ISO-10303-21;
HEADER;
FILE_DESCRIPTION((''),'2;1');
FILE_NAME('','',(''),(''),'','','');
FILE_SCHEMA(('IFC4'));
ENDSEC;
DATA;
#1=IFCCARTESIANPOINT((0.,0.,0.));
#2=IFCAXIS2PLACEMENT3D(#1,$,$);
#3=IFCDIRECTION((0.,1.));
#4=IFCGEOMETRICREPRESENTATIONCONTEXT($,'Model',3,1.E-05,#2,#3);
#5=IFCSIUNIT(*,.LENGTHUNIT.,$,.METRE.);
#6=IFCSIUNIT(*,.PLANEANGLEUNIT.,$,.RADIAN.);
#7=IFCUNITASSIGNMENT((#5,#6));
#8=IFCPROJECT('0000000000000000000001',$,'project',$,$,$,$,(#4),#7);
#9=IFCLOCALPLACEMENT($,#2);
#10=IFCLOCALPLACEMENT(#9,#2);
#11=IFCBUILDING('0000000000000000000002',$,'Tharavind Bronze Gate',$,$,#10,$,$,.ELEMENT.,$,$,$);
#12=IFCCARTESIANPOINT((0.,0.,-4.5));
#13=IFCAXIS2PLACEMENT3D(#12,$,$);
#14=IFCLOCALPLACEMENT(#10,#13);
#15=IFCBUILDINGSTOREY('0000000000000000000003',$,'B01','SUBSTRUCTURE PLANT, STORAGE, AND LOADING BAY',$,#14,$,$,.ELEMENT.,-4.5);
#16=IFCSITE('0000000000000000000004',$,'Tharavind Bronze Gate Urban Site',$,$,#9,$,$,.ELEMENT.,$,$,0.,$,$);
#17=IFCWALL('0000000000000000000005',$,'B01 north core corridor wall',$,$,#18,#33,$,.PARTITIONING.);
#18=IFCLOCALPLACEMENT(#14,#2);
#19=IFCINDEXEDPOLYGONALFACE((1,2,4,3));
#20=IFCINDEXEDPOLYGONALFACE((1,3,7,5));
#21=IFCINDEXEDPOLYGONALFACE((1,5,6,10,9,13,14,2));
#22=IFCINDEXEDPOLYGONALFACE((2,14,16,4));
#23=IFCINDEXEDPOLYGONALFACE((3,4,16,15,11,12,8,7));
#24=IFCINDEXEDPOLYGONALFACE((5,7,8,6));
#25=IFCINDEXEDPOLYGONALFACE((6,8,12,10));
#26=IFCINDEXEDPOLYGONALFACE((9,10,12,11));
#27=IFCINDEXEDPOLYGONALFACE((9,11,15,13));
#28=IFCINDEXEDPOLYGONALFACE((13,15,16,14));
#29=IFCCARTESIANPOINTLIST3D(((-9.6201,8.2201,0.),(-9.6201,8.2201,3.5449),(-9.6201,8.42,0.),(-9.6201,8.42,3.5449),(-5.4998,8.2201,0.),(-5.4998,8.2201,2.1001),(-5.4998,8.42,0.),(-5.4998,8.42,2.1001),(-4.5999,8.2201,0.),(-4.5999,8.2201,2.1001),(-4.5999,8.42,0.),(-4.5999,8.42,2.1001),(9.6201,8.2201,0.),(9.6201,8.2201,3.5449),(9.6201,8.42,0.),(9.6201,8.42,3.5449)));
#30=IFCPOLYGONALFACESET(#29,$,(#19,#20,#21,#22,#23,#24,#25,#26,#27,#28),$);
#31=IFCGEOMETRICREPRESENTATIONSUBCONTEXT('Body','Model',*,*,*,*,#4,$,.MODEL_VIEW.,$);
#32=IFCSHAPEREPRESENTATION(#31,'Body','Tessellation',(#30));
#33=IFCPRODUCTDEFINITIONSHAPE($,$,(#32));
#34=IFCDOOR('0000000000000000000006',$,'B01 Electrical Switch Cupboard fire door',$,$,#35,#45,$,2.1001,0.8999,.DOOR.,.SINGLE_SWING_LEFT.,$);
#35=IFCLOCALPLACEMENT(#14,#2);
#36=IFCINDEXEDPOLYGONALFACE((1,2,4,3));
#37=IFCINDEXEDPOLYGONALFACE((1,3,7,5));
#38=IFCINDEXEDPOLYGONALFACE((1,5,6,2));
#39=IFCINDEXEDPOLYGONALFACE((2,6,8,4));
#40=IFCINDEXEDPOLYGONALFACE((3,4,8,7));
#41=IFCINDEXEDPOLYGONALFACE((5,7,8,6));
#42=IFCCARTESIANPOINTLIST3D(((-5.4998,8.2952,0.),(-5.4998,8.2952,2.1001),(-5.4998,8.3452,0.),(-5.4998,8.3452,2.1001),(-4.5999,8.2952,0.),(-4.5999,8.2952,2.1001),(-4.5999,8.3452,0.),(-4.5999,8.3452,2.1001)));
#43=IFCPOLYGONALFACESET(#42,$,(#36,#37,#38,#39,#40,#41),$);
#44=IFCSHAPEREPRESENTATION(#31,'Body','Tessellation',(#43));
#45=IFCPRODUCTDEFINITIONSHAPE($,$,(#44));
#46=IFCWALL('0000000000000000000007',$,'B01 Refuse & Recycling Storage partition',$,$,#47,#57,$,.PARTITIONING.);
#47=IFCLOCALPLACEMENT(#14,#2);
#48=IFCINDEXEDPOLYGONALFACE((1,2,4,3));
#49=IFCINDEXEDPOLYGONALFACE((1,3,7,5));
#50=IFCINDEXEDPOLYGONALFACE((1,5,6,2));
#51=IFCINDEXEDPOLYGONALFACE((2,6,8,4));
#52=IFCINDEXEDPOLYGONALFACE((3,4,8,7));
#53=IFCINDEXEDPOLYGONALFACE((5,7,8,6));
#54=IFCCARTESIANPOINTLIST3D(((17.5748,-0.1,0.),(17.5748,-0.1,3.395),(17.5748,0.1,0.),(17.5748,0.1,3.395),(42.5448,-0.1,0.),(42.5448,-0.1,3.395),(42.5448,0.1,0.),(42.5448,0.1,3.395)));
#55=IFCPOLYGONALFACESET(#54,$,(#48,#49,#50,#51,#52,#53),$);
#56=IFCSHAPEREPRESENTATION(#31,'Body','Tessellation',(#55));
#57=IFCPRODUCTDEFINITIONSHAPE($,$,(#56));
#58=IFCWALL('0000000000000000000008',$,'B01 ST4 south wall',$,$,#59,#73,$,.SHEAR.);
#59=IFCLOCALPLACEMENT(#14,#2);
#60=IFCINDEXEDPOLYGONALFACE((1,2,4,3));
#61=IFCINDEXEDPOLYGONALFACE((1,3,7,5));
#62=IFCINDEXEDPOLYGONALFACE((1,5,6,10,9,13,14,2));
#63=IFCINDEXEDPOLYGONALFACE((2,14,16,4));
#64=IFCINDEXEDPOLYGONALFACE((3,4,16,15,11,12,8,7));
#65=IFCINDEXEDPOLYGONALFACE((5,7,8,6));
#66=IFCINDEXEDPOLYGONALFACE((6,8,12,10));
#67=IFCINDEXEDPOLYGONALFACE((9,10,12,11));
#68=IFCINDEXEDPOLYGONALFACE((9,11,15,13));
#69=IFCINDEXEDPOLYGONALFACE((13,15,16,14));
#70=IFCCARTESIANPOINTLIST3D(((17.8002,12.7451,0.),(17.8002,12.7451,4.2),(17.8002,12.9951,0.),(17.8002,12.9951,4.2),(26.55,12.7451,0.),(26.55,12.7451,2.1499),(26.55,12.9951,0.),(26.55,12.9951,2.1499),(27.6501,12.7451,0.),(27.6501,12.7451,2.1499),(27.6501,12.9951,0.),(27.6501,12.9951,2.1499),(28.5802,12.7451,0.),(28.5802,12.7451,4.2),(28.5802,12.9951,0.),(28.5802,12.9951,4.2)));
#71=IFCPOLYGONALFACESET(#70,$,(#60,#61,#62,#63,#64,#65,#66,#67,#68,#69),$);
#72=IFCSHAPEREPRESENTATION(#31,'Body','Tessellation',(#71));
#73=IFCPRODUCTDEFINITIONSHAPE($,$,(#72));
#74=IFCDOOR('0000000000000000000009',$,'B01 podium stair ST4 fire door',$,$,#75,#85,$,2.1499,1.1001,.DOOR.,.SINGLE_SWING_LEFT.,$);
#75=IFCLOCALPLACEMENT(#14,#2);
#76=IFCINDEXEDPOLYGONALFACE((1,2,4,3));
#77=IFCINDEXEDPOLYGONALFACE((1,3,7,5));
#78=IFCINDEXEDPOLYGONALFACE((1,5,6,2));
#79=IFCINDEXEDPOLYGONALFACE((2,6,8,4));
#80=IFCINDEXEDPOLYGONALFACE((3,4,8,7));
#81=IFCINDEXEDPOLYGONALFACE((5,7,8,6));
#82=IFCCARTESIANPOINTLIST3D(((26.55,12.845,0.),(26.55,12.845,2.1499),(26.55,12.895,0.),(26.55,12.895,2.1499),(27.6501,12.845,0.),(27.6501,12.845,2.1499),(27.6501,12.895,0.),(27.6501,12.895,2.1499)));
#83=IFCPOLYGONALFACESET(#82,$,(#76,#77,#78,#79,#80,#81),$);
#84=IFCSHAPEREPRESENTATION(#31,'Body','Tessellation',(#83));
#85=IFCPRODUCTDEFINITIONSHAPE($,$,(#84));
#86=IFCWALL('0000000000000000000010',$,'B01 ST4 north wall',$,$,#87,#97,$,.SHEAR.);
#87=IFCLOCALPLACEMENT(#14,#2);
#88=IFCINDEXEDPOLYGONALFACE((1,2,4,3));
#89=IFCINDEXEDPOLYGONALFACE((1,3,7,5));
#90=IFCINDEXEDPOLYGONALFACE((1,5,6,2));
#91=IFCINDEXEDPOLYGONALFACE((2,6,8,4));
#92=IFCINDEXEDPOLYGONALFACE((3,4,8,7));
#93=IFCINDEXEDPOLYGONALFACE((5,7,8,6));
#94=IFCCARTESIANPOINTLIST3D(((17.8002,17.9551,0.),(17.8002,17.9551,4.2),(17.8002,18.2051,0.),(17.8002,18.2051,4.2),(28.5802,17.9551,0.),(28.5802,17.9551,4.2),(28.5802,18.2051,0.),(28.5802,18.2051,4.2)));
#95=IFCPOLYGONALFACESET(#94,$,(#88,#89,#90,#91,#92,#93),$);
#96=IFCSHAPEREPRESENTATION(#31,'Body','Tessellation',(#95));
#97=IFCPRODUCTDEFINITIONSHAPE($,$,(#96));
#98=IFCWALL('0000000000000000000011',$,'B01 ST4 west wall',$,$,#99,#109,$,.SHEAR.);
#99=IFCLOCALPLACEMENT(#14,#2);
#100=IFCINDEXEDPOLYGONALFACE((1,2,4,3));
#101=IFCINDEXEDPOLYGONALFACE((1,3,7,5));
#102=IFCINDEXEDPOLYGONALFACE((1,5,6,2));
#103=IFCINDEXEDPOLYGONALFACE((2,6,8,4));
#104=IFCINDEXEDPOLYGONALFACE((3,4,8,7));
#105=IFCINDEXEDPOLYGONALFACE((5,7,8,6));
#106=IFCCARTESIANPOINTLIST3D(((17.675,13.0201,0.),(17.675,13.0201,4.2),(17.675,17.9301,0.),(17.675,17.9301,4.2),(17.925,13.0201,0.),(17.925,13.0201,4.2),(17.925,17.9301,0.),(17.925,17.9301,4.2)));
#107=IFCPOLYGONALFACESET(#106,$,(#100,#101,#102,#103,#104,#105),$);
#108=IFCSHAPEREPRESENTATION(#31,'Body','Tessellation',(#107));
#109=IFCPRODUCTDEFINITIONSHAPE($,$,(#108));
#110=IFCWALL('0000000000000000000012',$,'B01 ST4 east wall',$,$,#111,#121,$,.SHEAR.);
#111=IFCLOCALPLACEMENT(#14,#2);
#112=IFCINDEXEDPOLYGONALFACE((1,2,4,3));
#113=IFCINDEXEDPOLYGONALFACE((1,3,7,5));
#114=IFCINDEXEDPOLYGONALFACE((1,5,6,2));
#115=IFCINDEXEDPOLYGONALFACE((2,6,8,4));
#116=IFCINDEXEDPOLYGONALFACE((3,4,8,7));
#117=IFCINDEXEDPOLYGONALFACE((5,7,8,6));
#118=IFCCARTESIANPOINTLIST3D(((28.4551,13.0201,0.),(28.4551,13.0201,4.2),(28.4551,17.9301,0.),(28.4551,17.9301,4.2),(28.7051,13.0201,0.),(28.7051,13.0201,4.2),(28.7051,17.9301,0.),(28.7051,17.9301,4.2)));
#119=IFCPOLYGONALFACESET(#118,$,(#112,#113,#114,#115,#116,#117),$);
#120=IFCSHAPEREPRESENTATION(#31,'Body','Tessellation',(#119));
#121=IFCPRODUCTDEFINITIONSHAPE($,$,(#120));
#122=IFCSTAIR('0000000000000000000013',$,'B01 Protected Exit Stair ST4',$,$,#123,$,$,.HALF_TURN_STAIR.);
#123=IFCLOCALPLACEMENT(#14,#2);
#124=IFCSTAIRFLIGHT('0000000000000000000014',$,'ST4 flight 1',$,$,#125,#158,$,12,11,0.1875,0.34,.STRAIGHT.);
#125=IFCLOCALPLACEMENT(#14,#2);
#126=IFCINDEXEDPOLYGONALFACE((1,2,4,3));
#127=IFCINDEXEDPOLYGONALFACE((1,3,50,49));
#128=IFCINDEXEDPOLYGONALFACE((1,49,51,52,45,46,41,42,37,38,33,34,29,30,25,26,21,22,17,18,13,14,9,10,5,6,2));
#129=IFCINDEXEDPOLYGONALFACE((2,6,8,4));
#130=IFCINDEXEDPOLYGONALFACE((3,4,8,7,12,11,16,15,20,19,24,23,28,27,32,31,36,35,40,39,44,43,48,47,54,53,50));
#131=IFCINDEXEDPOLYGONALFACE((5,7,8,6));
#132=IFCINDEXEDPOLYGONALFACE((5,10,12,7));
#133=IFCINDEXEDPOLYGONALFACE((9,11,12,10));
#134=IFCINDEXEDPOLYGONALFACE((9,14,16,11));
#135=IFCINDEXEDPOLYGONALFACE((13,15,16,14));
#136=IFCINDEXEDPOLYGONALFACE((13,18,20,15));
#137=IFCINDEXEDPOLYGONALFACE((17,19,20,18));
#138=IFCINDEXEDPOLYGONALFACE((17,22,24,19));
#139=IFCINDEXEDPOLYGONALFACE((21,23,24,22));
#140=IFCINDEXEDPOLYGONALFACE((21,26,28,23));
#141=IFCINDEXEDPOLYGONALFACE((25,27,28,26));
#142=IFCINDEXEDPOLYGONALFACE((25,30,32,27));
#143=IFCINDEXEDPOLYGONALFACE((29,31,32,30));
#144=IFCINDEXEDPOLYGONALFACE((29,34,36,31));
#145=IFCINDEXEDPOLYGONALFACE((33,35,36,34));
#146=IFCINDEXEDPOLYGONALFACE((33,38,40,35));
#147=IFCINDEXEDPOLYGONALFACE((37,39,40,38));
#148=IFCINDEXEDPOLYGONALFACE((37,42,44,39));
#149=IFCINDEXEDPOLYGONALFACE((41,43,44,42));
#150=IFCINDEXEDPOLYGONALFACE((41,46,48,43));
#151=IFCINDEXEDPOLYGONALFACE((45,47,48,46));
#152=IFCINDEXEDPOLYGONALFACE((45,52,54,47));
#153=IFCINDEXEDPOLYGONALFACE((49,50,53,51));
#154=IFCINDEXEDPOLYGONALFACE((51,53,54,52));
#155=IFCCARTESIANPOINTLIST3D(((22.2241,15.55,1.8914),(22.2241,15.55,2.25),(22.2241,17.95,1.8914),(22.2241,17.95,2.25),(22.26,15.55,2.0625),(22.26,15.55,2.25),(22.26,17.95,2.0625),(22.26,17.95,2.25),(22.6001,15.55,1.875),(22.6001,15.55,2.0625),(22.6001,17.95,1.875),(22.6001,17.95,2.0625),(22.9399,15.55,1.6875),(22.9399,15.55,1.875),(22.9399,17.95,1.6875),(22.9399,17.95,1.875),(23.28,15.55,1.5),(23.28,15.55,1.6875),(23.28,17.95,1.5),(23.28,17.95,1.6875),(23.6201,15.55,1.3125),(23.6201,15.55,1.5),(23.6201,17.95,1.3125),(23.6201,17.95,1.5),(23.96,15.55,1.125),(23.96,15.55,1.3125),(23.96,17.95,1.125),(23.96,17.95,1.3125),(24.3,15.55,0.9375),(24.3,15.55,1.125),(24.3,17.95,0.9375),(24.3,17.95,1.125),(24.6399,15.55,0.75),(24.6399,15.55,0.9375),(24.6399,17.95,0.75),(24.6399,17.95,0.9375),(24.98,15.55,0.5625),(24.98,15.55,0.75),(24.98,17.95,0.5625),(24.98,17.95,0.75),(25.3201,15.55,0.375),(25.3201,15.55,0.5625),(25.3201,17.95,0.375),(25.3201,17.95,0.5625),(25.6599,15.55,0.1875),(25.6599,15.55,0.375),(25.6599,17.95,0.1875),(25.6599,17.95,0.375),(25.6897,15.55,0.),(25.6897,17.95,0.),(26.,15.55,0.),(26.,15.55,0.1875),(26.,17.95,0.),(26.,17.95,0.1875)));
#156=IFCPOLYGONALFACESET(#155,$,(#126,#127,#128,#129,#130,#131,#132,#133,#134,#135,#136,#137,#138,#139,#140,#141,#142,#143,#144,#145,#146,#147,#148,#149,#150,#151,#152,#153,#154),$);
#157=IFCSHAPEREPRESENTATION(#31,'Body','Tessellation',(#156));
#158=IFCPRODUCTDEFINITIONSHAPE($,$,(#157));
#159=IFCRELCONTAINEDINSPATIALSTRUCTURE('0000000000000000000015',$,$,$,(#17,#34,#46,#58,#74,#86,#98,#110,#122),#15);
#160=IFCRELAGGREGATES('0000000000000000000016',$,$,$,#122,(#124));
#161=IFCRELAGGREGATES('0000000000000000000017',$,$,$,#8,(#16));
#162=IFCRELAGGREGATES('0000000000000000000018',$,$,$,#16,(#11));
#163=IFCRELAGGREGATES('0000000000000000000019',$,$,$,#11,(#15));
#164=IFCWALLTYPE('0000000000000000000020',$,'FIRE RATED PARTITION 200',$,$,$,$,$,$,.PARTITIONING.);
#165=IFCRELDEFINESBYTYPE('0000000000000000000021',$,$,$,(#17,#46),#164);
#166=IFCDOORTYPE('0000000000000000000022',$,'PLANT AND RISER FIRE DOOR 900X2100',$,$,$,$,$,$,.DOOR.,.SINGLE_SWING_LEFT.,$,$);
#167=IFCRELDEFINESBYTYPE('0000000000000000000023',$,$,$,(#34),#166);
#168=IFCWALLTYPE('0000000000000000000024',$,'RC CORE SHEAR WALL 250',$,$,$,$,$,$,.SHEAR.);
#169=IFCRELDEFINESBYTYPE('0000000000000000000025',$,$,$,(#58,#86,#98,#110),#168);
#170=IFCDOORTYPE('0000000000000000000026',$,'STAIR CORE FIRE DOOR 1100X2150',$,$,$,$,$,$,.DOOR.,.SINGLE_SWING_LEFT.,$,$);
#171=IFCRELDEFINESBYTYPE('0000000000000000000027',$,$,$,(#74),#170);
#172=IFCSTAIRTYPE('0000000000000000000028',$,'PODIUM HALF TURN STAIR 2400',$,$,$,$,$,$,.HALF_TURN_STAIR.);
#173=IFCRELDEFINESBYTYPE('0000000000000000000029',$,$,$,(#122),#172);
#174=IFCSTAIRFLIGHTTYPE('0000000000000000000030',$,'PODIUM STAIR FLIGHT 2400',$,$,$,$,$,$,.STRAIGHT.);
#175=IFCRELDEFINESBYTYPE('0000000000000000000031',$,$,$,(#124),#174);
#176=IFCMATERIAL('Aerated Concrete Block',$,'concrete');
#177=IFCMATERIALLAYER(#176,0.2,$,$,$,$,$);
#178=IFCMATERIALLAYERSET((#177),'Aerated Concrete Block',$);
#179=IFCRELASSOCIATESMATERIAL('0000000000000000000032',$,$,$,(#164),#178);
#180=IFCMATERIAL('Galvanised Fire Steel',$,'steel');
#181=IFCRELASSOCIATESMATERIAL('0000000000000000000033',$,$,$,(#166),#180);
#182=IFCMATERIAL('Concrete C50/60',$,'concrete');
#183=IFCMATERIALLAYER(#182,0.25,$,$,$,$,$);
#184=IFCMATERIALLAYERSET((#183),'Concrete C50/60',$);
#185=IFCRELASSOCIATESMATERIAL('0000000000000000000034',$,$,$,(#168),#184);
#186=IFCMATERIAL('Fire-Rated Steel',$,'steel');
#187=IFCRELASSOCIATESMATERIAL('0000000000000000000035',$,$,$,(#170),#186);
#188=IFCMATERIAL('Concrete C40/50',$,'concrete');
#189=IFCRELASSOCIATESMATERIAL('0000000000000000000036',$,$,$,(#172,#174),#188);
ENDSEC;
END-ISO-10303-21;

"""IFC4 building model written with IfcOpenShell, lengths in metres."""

from ifc_helpers import new_model, si_unit, direction, frame, frame_2d, origin, place, context, subcontext, project, spatial, polyline, rectangle, outline, extrude, material, layer, layer_set, type_object, element, fill, aggregate, save


model = new_model("IFC4")

# Units and contexts
model_context = context("Model", 3, precision=1e-05, world=origin(), true_north=direction((0.0, 1.0)))
body_context = subcontext(model_context, "Body", "Model", "MODEL_VIEW")
ifc_project = project(units=[si_unit("LENGTHUNIT", "METRE"), si_unit("PLANEANGLEUNIT", "RADIAN")], contexts=[model_context])

# Site, building, storey
site_placement = place(None, origin())
site = spatial("IfcSite", under=ifc_project, at=site_placement, Name="Tharavind Bronze Gate Urban Site", CompositionType="ELEMENT", RefElevation=0.0)
building_placement = place(site_placement, origin())
building = spatial("IfcBuilding", under=site, at=building_placement, Name="Tharavind Bronze Gate", CompositionType="ELEMENT")
storey_placement = place(building_placement, frame((0.0, 0.0, -4.5)))
storey = spatial("IfcBuildingStorey", under=building, at=storey_placement, Name="B01", Description="SUBSTRUCTURE PLANT, STORAGE, AND LOADING BAY", CompositionType="ELEMENT", Elevation=-4.5)

# Shared definitions
ifc_material_1 = material(Name="Concrete C50/60", Category="concrete")

# Wall, opening, door
ifc_material_2 = material(Name="Aerated Concrete Block", Category="concrete")
ifc_layer_1 = layer(ifc_material_2, 0.2)
ifc_layer_set_1 = layer_set([ifc_layer_1], Name="Aerated Concrete Block")
wall_type_1 = type_object("IfcWallType", Name="FIRE RATED PARTITION 200", PredefinedType="PARTITIONING", material=ifc_layer_set_1)
wall_1_placement = place(storey_placement, frame((9.6201, 8.3201, 0.0), z_axis=(0.0, 0.0, 1.0), x_axis=(-1.0, 0.0, 0.0)))
wall_1 = element("IfcWall", 1, at=wall_1_placement, inside=storey, type_object=wall_type_1, Name="B01 north core corridor wall", PredefinedType="PARTITIONING", context=body_context, shape_type="SweptSolid", body=[
    extrude(rectangle(XDim=19.2402, YDim=0.2, at=frame_2d((9.6201, 0.0))), origin(), (0.0, 0.0, 1.0), 3.5449),
])
opening_1_placement = place(wall_1_placement, frame((14.22, 0.0, 0.0)))
opening_1 = element("IfcOpeningElement", 2, at=opening_1_placement, cuts=wall_1, PredefinedType="OPENING", context=body_context, shape_type="SweptSolid", body=[
    extrude(rectangle(XDim=0.8999, YDim=2.1001, at=frame_2d((0.45, 1.05))), frame((0.0, 0.1101, 0.0), z_axis=(0.0, -1.0, 0.0), x_axis=(1.0, 0.0, 0.0)), (0.0, 0.0, 1.0), 0.22),
])
ifc_material_3 = material(Name="Galvanised Fire Steel", Category="steel")
door_type_1 = type_object("IfcDoorType", Name="PLANT AND RISER FIRE DOOR 900X2100", OperationType="SINGLE_SWING_LEFT", PredefinedType="DOOR", material=ifc_material_3)
door_1_placement = place(opening_1_placement, origin())
door_1 = element("IfcDoor", 3, at=door_1_placement, inside=storey, type_object=door_type_1, Name="B01 Electrical Switch Cupboard fire door", OperationType="SINGLE_SWING_LEFT", OverallHeight=2.1001, OverallWidth=0.8999, PredefinedType="DOOR", context=body_context, shape_type="SweptSolid", body=[
    extrude(rectangle(XDim=0.8999, YDim=2.1001, at=frame_2d((0.45, 1.05))), frame((0.0, 0.0249, 0.0), z_axis=(0.0, -1.0, 0.0), x_axis=(1.0, 0.0, 0.0)), (0.0, 0.0, 1.0), 0.05),
])
fill(opening_1, door_1)

# Wall
wall_2_placement = place(storey_placement, frame((17.575, 0.0, 0.0), z_axis=(0.0, 0.0, 1.0), x_axis=(1.0, 0.0, 0.0)))
element("IfcWall", 4, at=wall_2_placement, inside=storey, type_object=wall_type_1, Name="B01 Refuse & Recycling Storage partition", PredefinedType="PARTITIONING", context=body_context, shape_type="SweptSolid", body=[
    extrude(rectangle(XDim=24.97, YDim=0.2, at=frame_2d((12.4849, 0.0))), origin(), (0.0, 0.0, 1.0), 3.395),
])

# Wall, opening, door
ifc_layer_2 = layer(ifc_material_1, 0.25)
ifc_layer_set_2 = layer_set([ifc_layer_2], Name="Concrete C50/60")
wall_type_2 = type_object("IfcWallType", Name="RC CORE SHEAR WALL 250", PredefinedType="SHEAR", material=ifc_layer_set_2)
wall_3_placement = place(storey_placement, frame((17.8, 12.8701, 0.0), z_axis=(0.0, 0.0, 1.0), x_axis=(1.0, 0.0, 0.0)))
wall_3 = element("IfcWall", 5, at=wall_3_placement, inside=storey, type_object=wall_type_2, Name="B01 ST4 south wall", PredefinedType="SHEAR", context=body_context, shape_type="SweptSolid", body=[
    extrude(rectangle(XDim=10.78, YDim=0.25, at=frame_2d((5.3901, 0.0))), origin(), (0.0, 0.0, 1.0), 4.2),
])
opening_2_placement = place(wall_3_placement, frame((8.75, 0.0, 0.0)))
opening_2 = element("IfcOpeningElement", 6, at=opening_2_placement, cuts=wall_3, PredefinedType="OPENING", context=body_context, shape_type="SweptSolid", body=[
    extrude(rectangle(XDim=1.1001, YDim=2.1499, at=frame_2d((0.55, 1.075))), frame((0.0, 0.135, 0.0), z_axis=(0.0, -1.0, 0.0), x_axis=(1.0, 0.0, 0.0)), (0.0, 0.0, 1.0), 0.27),
])
ifc_material_4 = material(Name="Fire-Rated Steel", Category="steel")
door_type_2 = type_object("IfcDoorType", Name="STAIR CORE FIRE DOOR 1100X2150", OperationType="SINGLE_SWING_LEFT", PredefinedType="DOOR", material=ifc_material_4)
door_2_placement = place(opening_2_placement, origin())
door_2 = element("IfcDoor", 7, at=door_2_placement, inside=storey, type_object=door_type_2, Name="B01 podium stair ST4 fire door", OperationType="SINGLE_SWING_LEFT", OverallHeight=2.1499, OverallWidth=1.1001, PredefinedType="DOOR", context=body_context, shape_type="SweptSolid", body=[
    extrude(rectangle(XDim=1.1001, YDim=2.1499, at=frame_2d((0.55, 1.075))), frame((0.0, 0.0249, 0.0), z_axis=(0.0, -1.0, 0.0), x_axis=(1.0, 0.0, 0.0)), (0.0, 0.0, 1.0), 0.05),
])
fill(opening_2, door_2)

# Walls
wall_4_placement = place(storey_placement, frame((17.8, 18.0801, 0.0), z_axis=(0.0, 0.0, 1.0), x_axis=(1.0, 0.0, 0.0)))
element("IfcWall", 8, at=wall_4_placement, inside=storey, type_object=wall_type_2, Name="B01 ST4 north wall", PredefinedType="SHEAR", context=body_context, shape_type="SweptSolid", body=[
    extrude(rectangle(XDim=10.78, YDim=0.25, at=frame_2d((5.3901, 0.0))), origin(), (0.0, 0.0, 1.0), 4.2),
])
for number, where, z_axis, x_axis, name in (
    (9, (17.8, 13.02, 0.0), (0.0, 0.0, 1.0), (0.0, 1.0, 0.0), "B01 ST4 west wall"),
    (10, (28.5801, 13.02, 0.0), (0.0, 0.0, 1.0), (0.0, 1.0, 0.0), "B01 ST4 east wall"),
):
    element("IfcWall", number, at=place(storey_placement, frame(where, z_axis=z_axis, x_axis=x_axis)), inside=storey, type_object=wall_type_2, Name=name, PredefinedType="SHEAR", context=body_context, shape_type="SweptSolid", body=[
        extrude(rectangle(XDim=4.9099, YDim=0.25, at=frame_2d((2.4551, 0.0))), origin(), (0.0, 0.0, 1.0), 4.2),
    ])

# Stair, stair flight
ifc_material_5 = material(Name="Concrete C40/50", Category="concrete")
stair_type = type_object("IfcStairType", Name="PODIUM HALF TURN STAIR 2400", PredefinedType="HALF_TURN_STAIR", material=ifc_material_5)
stair_placement = place(storey_placement, origin())
stair = element("IfcStair", 11, at=stair_placement, inside=storey, type_object=stair_type, Name="B01 Protected Exit Stair ST4", PredefinedType="HALF_TURN_STAIR")
stair_flight_type = type_object("IfcStairFlightType", Name="PODIUM STAIR FLIGHT 2400", PredefinedType="STRAIGHT", material=ifc_material_5)
stair_flight_1_placement = place(storey_placement, frame((26.0, 16.75, 0.0), z_axis=(0.0, 0.0, 1.0), x_axis=(-1.0, 0.0, 0.0)))
stair_flight_1 = element("IfcStairFlight", 12, at=stair_flight_1_placement, type_object=stair_flight_type, Name="ST4 flight 1", NumberOfRisers=12, NumberOfTreads=11, PredefinedType="STRAIGHT", RiserHeight=0.1875, TreadLength=0.34, context=body_context, shape_type="SweptSolid", body=[
    extrude(outline(polyline([(0.0, 0.0), (0.0, 0.1875), (0.3401, 0.1875), (0.3401, 0.375), (0.6799, 0.375), (0.6799, 0.5625), (1.02, 0.5625), (1.02, 0.75), (1.3601, 0.75), (1.3601, 0.9375), (1.7, 0.9375), (1.7, 1.125), (2.04, 1.125), (2.04, 1.3125), (2.3799, 1.3125), (2.3799, 1.5), (2.72, 1.5), (2.72, 1.6875), (3.0601, 1.6875), (3.0601, 1.875), (3.3999, 1.875), (3.3999, 2.0625), (3.74, 2.0625), (3.74, 2.25), (3.7759, 2.25), (3.7759, 1.8914), (0.3103, 0.0), (0.0, 0.0)])), frame((0.0, 1.2, 0.0), z_axis=(0.0, -1.0, 0.0), x_axis=(1.0, 0.0, 0.0)), (0.0, 0.0, 1.0), 2.3999),
])
aggregate(stair, [stair_flight_1])

save(model, "model.ifc")
